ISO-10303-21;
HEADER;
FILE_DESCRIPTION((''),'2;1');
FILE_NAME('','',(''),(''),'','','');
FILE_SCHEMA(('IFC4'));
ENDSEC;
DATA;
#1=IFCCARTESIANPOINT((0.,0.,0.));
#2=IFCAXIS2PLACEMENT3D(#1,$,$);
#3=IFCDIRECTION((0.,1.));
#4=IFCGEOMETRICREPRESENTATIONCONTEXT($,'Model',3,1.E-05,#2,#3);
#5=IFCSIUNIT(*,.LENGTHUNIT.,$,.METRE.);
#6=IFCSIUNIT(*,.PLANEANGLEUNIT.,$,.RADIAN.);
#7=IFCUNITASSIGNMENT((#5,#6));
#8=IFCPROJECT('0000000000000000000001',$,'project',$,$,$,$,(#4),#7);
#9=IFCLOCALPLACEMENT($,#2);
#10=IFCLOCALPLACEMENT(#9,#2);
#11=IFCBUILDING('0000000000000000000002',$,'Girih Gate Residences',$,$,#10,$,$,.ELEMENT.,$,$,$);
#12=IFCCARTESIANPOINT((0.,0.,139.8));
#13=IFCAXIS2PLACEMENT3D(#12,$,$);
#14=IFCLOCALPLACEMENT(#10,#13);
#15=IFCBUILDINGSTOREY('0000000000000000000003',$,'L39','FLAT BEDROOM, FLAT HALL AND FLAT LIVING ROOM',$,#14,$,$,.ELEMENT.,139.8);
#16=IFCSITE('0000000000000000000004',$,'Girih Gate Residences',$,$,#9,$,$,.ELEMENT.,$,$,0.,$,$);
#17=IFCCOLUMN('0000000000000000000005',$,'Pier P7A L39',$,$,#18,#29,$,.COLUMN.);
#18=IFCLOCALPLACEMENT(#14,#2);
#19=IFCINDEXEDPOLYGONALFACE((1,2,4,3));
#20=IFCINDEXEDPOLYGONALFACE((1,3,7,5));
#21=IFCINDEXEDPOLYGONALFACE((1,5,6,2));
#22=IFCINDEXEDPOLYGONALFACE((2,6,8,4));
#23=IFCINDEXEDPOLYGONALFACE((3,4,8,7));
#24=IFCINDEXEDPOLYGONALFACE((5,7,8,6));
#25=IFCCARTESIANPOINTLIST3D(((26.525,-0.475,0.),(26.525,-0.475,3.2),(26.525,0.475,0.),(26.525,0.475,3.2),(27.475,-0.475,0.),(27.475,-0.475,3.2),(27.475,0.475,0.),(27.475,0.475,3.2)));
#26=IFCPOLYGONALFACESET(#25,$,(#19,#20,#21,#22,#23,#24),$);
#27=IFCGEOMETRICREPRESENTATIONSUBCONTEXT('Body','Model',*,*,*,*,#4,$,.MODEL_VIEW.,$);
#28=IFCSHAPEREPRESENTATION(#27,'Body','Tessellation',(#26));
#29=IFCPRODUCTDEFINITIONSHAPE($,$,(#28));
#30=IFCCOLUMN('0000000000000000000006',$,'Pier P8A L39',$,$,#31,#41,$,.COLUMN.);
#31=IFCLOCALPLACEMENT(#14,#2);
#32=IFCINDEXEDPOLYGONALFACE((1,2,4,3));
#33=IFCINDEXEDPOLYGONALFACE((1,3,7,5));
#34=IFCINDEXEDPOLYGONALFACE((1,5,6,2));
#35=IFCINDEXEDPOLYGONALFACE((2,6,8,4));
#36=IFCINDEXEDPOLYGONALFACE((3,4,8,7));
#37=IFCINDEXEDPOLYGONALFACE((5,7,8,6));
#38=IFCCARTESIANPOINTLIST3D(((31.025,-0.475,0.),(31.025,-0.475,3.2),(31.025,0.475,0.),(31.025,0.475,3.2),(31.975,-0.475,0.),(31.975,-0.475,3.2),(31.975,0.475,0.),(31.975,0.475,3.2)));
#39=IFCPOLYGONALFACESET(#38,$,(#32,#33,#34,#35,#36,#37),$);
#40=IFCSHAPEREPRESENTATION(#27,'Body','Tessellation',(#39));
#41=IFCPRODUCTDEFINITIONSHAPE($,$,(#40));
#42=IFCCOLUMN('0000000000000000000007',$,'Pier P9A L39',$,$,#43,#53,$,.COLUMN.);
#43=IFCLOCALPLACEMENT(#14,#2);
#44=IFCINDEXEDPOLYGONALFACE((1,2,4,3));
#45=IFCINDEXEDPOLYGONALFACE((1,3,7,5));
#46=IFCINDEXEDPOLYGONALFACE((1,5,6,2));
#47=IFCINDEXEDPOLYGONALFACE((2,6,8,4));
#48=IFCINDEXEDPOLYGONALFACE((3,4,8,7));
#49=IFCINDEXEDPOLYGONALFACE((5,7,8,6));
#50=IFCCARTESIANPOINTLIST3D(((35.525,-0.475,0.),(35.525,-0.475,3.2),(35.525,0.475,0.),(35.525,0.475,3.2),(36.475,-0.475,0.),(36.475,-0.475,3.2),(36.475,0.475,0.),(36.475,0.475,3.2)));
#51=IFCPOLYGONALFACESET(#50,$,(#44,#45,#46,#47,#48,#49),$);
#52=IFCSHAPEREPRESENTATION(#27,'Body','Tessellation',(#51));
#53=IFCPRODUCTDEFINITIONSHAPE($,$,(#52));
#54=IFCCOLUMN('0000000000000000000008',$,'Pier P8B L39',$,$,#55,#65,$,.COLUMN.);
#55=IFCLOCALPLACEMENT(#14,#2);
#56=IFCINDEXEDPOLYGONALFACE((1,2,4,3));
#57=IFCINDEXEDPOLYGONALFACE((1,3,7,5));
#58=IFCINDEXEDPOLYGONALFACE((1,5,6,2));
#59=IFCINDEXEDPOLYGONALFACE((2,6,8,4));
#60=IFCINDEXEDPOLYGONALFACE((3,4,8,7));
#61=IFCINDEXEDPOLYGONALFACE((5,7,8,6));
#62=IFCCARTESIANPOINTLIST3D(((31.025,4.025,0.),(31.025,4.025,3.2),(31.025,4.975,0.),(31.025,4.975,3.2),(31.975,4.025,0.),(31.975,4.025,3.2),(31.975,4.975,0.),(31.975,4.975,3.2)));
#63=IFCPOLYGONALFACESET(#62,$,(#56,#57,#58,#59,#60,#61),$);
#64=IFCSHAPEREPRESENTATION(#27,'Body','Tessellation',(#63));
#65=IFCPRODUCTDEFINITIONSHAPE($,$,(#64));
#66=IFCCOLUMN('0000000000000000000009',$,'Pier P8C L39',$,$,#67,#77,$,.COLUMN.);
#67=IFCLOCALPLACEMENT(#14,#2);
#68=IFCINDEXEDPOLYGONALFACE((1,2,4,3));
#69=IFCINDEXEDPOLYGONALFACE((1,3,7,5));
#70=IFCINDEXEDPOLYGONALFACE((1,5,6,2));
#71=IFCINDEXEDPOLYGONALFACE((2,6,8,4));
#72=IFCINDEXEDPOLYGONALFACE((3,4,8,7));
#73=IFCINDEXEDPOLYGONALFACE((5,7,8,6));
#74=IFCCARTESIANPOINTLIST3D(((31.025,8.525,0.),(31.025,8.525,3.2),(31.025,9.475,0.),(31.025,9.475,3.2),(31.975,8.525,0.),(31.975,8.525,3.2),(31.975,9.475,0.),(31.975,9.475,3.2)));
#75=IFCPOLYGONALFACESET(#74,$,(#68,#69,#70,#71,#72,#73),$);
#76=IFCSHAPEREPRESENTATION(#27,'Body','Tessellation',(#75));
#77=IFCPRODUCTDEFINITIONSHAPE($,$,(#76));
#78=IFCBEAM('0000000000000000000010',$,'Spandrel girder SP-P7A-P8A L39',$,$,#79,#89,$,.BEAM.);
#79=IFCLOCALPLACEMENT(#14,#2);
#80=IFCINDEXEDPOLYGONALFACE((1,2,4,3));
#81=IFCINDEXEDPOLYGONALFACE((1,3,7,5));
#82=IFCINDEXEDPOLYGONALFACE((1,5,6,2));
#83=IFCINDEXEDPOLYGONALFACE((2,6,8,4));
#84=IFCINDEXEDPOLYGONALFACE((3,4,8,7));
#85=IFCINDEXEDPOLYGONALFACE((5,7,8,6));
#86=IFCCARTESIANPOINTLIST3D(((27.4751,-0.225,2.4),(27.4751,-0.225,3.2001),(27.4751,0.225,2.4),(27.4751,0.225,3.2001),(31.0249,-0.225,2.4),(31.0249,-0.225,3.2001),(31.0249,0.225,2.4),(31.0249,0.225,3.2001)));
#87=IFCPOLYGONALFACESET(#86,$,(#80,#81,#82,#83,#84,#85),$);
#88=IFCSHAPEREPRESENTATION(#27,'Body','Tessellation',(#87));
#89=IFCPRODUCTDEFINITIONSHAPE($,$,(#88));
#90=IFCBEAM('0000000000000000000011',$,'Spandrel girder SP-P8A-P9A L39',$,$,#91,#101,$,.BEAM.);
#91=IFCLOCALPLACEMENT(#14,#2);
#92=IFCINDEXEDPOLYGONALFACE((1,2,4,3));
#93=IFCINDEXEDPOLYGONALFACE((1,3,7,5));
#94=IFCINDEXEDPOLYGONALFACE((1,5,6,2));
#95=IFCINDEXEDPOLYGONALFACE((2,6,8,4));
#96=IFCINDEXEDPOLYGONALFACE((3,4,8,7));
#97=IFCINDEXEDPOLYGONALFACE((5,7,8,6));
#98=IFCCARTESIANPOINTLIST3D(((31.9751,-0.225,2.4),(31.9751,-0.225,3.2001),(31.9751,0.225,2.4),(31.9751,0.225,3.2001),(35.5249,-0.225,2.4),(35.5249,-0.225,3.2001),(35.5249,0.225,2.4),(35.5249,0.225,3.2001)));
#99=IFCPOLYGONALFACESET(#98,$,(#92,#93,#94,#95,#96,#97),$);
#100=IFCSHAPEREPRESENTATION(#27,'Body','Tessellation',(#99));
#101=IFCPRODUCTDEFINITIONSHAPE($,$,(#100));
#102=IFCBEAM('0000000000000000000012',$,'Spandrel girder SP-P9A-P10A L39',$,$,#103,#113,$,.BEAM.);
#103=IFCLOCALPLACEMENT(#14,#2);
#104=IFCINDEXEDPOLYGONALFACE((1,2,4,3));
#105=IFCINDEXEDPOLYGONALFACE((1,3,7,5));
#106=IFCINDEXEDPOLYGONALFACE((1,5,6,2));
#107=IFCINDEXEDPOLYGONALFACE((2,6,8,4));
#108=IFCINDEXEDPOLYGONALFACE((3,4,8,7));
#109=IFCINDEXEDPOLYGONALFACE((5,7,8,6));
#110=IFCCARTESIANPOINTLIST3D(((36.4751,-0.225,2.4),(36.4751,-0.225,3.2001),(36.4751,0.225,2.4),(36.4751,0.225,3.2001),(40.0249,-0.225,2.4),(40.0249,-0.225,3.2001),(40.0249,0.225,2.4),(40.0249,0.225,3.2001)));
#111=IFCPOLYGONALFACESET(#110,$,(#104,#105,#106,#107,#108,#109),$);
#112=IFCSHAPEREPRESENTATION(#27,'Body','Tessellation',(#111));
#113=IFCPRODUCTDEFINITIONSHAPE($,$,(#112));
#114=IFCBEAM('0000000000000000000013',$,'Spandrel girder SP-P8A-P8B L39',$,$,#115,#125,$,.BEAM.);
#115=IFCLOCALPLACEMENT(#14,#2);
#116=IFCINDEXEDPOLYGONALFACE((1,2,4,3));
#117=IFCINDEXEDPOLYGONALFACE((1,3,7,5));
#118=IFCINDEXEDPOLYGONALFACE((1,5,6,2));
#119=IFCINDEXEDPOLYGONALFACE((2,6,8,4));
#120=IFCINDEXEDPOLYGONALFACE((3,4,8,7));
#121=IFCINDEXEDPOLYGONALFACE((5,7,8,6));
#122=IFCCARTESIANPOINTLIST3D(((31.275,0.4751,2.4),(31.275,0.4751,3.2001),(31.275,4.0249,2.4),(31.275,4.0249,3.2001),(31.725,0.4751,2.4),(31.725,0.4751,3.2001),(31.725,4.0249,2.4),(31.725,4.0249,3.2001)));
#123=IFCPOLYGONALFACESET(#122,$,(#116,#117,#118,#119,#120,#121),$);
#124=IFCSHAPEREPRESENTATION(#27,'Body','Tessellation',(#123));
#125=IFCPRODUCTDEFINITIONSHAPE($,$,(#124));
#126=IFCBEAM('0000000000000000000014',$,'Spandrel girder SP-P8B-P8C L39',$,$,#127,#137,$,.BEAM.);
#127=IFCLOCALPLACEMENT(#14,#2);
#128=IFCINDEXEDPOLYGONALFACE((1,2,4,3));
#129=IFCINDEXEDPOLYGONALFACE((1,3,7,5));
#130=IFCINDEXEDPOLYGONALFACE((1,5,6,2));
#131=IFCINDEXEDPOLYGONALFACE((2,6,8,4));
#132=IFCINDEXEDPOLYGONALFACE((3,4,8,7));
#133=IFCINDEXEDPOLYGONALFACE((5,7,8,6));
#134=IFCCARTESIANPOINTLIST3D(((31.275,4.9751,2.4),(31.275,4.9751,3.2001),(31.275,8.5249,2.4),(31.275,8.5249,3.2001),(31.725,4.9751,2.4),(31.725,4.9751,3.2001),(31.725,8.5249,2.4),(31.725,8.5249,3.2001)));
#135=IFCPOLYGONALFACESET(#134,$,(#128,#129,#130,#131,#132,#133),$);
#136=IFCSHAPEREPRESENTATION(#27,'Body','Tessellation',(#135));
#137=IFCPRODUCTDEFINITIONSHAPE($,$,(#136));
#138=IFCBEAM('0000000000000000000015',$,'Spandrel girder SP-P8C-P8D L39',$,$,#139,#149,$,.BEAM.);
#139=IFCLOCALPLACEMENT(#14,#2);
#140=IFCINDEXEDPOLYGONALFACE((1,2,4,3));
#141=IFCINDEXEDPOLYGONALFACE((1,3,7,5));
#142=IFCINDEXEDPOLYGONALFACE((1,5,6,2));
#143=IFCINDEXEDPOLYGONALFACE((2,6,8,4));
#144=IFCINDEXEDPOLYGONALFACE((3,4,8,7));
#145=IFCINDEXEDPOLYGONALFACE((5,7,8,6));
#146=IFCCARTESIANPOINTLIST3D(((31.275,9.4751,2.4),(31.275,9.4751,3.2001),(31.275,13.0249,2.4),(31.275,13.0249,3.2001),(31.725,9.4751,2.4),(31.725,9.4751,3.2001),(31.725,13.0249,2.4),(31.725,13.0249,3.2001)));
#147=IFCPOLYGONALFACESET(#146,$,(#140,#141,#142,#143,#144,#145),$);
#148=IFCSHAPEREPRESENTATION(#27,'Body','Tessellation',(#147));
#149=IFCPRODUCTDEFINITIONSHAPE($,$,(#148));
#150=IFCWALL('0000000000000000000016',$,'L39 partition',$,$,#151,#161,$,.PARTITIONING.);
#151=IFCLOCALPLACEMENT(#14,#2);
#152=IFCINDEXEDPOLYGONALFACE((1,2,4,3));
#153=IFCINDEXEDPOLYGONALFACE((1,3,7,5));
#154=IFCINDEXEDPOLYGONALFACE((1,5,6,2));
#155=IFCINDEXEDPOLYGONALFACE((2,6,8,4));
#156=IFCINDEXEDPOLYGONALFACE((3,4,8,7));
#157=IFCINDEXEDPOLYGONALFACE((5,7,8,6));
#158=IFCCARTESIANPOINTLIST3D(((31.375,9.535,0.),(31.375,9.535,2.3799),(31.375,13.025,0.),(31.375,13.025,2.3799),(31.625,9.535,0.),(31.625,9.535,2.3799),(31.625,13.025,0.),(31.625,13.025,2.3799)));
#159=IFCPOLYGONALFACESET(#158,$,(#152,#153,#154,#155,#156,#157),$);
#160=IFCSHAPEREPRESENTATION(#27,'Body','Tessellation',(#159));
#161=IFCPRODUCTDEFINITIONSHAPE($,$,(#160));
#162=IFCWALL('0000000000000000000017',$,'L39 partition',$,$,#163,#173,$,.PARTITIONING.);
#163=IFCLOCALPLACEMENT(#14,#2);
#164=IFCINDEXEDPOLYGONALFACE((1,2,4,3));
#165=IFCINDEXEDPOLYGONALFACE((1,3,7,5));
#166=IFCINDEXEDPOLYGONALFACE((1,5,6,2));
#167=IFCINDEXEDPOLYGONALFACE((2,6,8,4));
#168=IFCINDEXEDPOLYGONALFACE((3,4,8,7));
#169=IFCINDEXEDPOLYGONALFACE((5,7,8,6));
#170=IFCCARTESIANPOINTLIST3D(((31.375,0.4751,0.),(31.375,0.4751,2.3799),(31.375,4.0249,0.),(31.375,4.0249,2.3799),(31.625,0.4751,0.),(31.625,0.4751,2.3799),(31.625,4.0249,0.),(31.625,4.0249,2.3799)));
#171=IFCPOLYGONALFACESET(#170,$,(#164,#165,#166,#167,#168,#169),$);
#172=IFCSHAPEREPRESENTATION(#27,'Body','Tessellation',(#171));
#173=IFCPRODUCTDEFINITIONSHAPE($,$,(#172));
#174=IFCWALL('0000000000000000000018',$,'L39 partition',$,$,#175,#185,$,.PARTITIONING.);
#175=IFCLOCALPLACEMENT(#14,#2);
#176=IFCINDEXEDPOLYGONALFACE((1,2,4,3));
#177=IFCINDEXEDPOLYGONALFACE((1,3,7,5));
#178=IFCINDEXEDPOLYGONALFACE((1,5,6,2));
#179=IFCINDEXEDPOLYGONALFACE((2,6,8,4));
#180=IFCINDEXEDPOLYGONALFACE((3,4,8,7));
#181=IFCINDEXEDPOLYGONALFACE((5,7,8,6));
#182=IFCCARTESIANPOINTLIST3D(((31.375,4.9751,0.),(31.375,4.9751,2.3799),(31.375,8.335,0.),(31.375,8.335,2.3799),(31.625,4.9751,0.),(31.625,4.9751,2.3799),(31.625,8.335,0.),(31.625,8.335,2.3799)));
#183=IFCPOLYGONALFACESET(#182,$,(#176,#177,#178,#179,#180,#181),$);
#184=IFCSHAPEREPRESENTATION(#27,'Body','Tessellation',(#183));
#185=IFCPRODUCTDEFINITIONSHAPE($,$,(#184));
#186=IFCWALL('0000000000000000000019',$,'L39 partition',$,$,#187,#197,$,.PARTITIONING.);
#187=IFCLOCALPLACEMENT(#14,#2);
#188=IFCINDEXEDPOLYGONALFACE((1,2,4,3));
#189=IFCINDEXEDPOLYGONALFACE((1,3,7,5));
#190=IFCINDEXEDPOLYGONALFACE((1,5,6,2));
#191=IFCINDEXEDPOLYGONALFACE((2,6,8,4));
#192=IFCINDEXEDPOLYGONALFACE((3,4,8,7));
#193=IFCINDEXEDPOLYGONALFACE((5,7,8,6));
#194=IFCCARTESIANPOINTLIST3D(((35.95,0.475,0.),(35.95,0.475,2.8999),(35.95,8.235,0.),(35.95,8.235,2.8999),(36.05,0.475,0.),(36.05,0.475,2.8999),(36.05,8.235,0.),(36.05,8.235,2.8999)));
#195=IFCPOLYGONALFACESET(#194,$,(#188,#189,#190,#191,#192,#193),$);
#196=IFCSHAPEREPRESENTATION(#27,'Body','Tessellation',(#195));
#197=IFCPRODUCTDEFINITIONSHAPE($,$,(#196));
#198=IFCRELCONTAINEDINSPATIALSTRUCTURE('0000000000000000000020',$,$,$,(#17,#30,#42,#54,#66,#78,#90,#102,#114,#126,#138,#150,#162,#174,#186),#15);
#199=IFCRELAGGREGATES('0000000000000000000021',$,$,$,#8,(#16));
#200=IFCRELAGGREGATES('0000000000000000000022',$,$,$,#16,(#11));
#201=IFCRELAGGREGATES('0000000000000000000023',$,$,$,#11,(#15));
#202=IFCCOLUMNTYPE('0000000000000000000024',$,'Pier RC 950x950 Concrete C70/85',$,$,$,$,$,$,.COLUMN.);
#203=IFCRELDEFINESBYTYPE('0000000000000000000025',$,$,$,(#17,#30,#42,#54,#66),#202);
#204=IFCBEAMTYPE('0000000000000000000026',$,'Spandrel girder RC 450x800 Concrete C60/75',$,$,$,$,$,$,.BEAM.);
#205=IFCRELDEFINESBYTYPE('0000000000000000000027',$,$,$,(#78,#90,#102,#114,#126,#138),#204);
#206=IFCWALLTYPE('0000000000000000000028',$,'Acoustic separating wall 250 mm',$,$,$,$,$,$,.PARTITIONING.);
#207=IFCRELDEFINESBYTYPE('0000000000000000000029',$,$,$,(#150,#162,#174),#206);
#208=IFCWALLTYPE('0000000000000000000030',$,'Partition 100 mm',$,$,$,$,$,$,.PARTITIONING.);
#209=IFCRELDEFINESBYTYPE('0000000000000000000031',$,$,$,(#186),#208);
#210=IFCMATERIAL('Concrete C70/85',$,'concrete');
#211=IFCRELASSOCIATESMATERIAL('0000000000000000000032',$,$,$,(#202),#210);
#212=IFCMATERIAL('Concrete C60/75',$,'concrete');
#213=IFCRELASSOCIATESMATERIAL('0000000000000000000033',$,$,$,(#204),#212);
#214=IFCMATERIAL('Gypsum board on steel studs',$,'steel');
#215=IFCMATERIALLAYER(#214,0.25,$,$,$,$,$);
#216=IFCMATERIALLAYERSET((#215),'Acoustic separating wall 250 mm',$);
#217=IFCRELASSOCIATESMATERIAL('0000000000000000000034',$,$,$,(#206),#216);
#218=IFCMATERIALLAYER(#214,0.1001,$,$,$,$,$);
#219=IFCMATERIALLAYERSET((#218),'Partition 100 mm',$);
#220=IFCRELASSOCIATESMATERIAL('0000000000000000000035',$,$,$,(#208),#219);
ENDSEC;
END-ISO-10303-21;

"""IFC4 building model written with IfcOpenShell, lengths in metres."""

from ifc_helpers import new_model, si_unit, direction, frame, frame_2d, origin, origin_2d, place, context, subcontext, project, spatial, rectangle, extrude, material, layer, layer_set, material_profile, profile_set, type_object, element, save


model = new_model("IFC4")

# Units and contexts
model_context = context("Model", 3, precision=1e-05, world=origin(), true_north=direction((0.0, 1.0)))
body_context = subcontext(model_context, "Body", "Model", "MODEL_VIEW")
ifc_project = project(units=[si_unit("LENGTHUNIT", "METRE"), si_unit("PLANEANGLEUNIT", "RADIAN")], contexts=[model_context])

# Site, building, storey
site_placement = place(None, origin())
site = spatial("IfcSite", under=ifc_project, at=site_placement, Name="Girih Gate Residences", CompositionType="ELEMENT", RefElevation=0.0)
building_placement = place(site_placement, origin())
building = spatial("IfcBuilding", under=site, at=building_placement, Name="Girih Gate Residences", CompositionType="ELEMENT")
storey_placement = place(building_placement, frame((0.0, 0.0, 139.8)))
storey = spatial("IfcBuildingStorey", under=building, at=storey_placement, Name="L39", Description="FLAT BEDROOM, FLAT HALL AND FLAT LIVING ROOM", CompositionType="ELEMENT", Elevation=139.8)

# Columns
ifc_material_1 = material(Name="Concrete C70/85", Category="concrete")
ifc_material_profile_1 = material_profile(ifc_material_1, rectangle(XDim=0.95, YDim=0.95, at=origin_2d()))
ifc_profile_set_1 = profile_set([ifc_material_profile_1], Name="Concrete C70/85")
column_type = type_object("IfcColumnType", Name="Pier RC 950x950 Concrete C70/85", PredefinedType="COLUMN", material=ifc_profile_set_1)
for number, where, z_axis, x_axis, name in (
    (1, (27.0, 0.0, 0.0), (0.0, 0.0, 1.0), (1.0, 0.0, 0.0), "Pier P7A L39"),
    (2, (31.5, 0.0, 0.0), (0.0, 0.0, 1.0), (1.0, 0.0, 0.0), "Pier P8A L39"),
    (3, (36.0, 0.0, 0.0), (0.0, 0.0, 1.0), (1.0, 0.0, 0.0), "Pier P9A L39"),
    (4, (31.5, 4.5, 0.0), (0.0, 0.0, 1.0), (1.0, 0.0, 0.0), "Pier P8B L39"),
    (5, (31.5, 9.0, 0.0), (0.0, 0.0, 1.0), (1.0, 0.0, 0.0), "Pier P8C L39"),
):
    element("IfcColumn", number, at=place(storey_placement, frame(where, z_axis=z_axis, x_axis=x_axis)), inside=storey, type_object=column_type, Name=name, PredefinedType="COLUMN", context=body_context, shape_type="SweptSolid", body=[
        extrude(rectangle(XDim=0.95, YDim=0.95, at=origin_2d()), origin(), (0.0, 0.0, 1.0), 3.2),
    ])

# Beams
ifc_material_2 = material(Name="Concrete C60/75", Category="concrete")
ifc_material_profile_2 = material_profile(ifc_material_2, rectangle(XDim=0.45, YDim=0.8, at=origin_2d()))
ifc_profile_set_2 = profile_set([ifc_material_profile_2], Name="Concrete C60/75")
beam_type = type_object("IfcBeamType", Name="Spandrel girder RC 450x800 Concrete C60/75", PredefinedType="BEAM", material=ifc_profile_set_2)
for number, where, z_axis, x_axis, name in (
    (6, (27.4751, 0.0, 2.8), (1.0, 0.0, 0.0), (0.0, 1.0, 0.0), "Spandrel girder SP-P7A-P8A L39"),
    (7, (31.9751, 0.0, 2.8), (1.0, 0.0, 0.0), (0.0, 1.0, 0.0), "Spandrel girder SP-P8A-P9A L39"),
    (8, (36.4751, 0.0, 2.8), (1.0, 0.0, 0.0), (0.0, 1.0, 0.0), "Spandrel girder SP-P9A-P10A L39"),
    (9, (31.5, 0.4751, 2.8), (0.0, 1.0, 0.0), (-1.0, 0.0, 0.0), "Spandrel girder SP-P8A-P8B L39"),
    (10, (31.5, 4.9751, 2.8), (0.0, 1.0, 0.0), (-1.0, 0.0, 0.0), "Spandrel girder SP-P8B-P8C L39"),
    (11, (31.5, 9.4751, 2.8), (0.0, 1.0, 0.0), (-1.0, 0.0, 0.0), "Spandrel girder SP-P8C-P8D L39"),
):
    element("IfcBeam", number, at=place(storey_placement, frame(where, z_axis=z_axis, x_axis=x_axis)), inside=storey, type_object=beam_type, Name=name, PredefinedType="BEAM", context=body_context, shape_type="SweptSolid", body=[
        extrude(rectangle(XDim=0.45, YDim=0.8, at=origin_2d()), origin(), (0.0, 0.0, 1.0), 3.5498),
    ])

# Walls
ifc_material_3 = material(Name="Gypsum board on steel studs", Category="steel")
ifc_layer_1 = layer(ifc_material_3, 0.25)
ifc_layer_set_1 = layer_set([ifc_layer_1], Name="Acoustic separating wall 250 mm")
wall_type_1 = type_object("IfcWallType", Name="Acoustic separating wall 250 mm", PredefinedType="PARTITIONING", material=ifc_layer_set_1)
wall_1_placement = place(storey_placement, frame((31.5, 9.5349, 0.0), z_axis=(0.0, 0.0, 1.0), x_axis=(0.0, 1.0, 0.0)))
element("IfcWall", 12, at=wall_1_placement, inside=storey, type_object=wall_type_1, Name="L39 partition", PredefinedType="PARTITIONING", context=body_context, shape_type="SweptSolid", body=[
    extrude(rectangle(XDim=3.49, YDim=0.25, at=frame_2d((1.7451, 0.0))), origin(), (0.0, 0.0, 1.0), 2.3799),
])
wall_2_placement = place(storey_placement, frame((31.5, 0.4751, 0.0), z_axis=(0.0, 0.0, 1.0), x_axis=(0.0, 1.0, 0.0)))
element("IfcWall", 13, at=wall_2_placement, inside=storey, type_object=wall_type_1, Name="L39 partition", PredefinedType="PARTITIONING", context=body_context, shape_type="SweptSolid", body=[
    extrude(rectangle(XDim=3.5498, YDim=0.25, at=frame_2d((1.7749, 0.0))), origin(), (0.0, 0.0, 1.0), 2.3799),
])
wall_3_placement = place(storey_placement, frame((31.5, 4.9751, 0.0), z_axis=(0.0, 0.0, 1.0), x_axis=(0.0, 1.0, 0.0)))
element("IfcWall", 14, at=wall_3_placement, inside=storey, type_object=wall_type_1, Name="L39 partition", PredefinedType="PARTITIONING", context=body_context, shape_type="SweptSolid", body=[
    extrude(rectangle(XDim=3.3599, YDim=0.25, at=frame_2d((1.6799, 0.0))), origin(), (0.0, 0.0, 1.0), 2.3799),
])
ifc_layer_2 = layer(ifc_material_3, 0.1001)
ifc_layer_set_2 = layer_set([ifc_layer_2], Name="Partition 100 mm")
wall_type_2 = type_object("IfcWallType", Name="Partition 100 mm", PredefinedType="PARTITIONING", material=ifc_layer_set_2)
wall_4_placement = place(storey_placement, frame((36.0, 0.4751, 0.0), z_axis=(0.0, 0.0, 1.0), x_axis=(0.0, 1.0, 0.0)))
element("IfcWall", 15, at=wall_4_placement, inside=storey, type_object=wall_type_2, Name="L39 partition", PredefinedType="PARTITIONING", context=body_context, shape_type="SweptSolid", body=[
    extrude(rectangle(XDim=7.76, YDim=0.1001, at=frame_2d((3.8799, 0.0))), origin(), (0.0, 0.0, 1.0), 2.8999),
])

save(model, "model.ifc")
